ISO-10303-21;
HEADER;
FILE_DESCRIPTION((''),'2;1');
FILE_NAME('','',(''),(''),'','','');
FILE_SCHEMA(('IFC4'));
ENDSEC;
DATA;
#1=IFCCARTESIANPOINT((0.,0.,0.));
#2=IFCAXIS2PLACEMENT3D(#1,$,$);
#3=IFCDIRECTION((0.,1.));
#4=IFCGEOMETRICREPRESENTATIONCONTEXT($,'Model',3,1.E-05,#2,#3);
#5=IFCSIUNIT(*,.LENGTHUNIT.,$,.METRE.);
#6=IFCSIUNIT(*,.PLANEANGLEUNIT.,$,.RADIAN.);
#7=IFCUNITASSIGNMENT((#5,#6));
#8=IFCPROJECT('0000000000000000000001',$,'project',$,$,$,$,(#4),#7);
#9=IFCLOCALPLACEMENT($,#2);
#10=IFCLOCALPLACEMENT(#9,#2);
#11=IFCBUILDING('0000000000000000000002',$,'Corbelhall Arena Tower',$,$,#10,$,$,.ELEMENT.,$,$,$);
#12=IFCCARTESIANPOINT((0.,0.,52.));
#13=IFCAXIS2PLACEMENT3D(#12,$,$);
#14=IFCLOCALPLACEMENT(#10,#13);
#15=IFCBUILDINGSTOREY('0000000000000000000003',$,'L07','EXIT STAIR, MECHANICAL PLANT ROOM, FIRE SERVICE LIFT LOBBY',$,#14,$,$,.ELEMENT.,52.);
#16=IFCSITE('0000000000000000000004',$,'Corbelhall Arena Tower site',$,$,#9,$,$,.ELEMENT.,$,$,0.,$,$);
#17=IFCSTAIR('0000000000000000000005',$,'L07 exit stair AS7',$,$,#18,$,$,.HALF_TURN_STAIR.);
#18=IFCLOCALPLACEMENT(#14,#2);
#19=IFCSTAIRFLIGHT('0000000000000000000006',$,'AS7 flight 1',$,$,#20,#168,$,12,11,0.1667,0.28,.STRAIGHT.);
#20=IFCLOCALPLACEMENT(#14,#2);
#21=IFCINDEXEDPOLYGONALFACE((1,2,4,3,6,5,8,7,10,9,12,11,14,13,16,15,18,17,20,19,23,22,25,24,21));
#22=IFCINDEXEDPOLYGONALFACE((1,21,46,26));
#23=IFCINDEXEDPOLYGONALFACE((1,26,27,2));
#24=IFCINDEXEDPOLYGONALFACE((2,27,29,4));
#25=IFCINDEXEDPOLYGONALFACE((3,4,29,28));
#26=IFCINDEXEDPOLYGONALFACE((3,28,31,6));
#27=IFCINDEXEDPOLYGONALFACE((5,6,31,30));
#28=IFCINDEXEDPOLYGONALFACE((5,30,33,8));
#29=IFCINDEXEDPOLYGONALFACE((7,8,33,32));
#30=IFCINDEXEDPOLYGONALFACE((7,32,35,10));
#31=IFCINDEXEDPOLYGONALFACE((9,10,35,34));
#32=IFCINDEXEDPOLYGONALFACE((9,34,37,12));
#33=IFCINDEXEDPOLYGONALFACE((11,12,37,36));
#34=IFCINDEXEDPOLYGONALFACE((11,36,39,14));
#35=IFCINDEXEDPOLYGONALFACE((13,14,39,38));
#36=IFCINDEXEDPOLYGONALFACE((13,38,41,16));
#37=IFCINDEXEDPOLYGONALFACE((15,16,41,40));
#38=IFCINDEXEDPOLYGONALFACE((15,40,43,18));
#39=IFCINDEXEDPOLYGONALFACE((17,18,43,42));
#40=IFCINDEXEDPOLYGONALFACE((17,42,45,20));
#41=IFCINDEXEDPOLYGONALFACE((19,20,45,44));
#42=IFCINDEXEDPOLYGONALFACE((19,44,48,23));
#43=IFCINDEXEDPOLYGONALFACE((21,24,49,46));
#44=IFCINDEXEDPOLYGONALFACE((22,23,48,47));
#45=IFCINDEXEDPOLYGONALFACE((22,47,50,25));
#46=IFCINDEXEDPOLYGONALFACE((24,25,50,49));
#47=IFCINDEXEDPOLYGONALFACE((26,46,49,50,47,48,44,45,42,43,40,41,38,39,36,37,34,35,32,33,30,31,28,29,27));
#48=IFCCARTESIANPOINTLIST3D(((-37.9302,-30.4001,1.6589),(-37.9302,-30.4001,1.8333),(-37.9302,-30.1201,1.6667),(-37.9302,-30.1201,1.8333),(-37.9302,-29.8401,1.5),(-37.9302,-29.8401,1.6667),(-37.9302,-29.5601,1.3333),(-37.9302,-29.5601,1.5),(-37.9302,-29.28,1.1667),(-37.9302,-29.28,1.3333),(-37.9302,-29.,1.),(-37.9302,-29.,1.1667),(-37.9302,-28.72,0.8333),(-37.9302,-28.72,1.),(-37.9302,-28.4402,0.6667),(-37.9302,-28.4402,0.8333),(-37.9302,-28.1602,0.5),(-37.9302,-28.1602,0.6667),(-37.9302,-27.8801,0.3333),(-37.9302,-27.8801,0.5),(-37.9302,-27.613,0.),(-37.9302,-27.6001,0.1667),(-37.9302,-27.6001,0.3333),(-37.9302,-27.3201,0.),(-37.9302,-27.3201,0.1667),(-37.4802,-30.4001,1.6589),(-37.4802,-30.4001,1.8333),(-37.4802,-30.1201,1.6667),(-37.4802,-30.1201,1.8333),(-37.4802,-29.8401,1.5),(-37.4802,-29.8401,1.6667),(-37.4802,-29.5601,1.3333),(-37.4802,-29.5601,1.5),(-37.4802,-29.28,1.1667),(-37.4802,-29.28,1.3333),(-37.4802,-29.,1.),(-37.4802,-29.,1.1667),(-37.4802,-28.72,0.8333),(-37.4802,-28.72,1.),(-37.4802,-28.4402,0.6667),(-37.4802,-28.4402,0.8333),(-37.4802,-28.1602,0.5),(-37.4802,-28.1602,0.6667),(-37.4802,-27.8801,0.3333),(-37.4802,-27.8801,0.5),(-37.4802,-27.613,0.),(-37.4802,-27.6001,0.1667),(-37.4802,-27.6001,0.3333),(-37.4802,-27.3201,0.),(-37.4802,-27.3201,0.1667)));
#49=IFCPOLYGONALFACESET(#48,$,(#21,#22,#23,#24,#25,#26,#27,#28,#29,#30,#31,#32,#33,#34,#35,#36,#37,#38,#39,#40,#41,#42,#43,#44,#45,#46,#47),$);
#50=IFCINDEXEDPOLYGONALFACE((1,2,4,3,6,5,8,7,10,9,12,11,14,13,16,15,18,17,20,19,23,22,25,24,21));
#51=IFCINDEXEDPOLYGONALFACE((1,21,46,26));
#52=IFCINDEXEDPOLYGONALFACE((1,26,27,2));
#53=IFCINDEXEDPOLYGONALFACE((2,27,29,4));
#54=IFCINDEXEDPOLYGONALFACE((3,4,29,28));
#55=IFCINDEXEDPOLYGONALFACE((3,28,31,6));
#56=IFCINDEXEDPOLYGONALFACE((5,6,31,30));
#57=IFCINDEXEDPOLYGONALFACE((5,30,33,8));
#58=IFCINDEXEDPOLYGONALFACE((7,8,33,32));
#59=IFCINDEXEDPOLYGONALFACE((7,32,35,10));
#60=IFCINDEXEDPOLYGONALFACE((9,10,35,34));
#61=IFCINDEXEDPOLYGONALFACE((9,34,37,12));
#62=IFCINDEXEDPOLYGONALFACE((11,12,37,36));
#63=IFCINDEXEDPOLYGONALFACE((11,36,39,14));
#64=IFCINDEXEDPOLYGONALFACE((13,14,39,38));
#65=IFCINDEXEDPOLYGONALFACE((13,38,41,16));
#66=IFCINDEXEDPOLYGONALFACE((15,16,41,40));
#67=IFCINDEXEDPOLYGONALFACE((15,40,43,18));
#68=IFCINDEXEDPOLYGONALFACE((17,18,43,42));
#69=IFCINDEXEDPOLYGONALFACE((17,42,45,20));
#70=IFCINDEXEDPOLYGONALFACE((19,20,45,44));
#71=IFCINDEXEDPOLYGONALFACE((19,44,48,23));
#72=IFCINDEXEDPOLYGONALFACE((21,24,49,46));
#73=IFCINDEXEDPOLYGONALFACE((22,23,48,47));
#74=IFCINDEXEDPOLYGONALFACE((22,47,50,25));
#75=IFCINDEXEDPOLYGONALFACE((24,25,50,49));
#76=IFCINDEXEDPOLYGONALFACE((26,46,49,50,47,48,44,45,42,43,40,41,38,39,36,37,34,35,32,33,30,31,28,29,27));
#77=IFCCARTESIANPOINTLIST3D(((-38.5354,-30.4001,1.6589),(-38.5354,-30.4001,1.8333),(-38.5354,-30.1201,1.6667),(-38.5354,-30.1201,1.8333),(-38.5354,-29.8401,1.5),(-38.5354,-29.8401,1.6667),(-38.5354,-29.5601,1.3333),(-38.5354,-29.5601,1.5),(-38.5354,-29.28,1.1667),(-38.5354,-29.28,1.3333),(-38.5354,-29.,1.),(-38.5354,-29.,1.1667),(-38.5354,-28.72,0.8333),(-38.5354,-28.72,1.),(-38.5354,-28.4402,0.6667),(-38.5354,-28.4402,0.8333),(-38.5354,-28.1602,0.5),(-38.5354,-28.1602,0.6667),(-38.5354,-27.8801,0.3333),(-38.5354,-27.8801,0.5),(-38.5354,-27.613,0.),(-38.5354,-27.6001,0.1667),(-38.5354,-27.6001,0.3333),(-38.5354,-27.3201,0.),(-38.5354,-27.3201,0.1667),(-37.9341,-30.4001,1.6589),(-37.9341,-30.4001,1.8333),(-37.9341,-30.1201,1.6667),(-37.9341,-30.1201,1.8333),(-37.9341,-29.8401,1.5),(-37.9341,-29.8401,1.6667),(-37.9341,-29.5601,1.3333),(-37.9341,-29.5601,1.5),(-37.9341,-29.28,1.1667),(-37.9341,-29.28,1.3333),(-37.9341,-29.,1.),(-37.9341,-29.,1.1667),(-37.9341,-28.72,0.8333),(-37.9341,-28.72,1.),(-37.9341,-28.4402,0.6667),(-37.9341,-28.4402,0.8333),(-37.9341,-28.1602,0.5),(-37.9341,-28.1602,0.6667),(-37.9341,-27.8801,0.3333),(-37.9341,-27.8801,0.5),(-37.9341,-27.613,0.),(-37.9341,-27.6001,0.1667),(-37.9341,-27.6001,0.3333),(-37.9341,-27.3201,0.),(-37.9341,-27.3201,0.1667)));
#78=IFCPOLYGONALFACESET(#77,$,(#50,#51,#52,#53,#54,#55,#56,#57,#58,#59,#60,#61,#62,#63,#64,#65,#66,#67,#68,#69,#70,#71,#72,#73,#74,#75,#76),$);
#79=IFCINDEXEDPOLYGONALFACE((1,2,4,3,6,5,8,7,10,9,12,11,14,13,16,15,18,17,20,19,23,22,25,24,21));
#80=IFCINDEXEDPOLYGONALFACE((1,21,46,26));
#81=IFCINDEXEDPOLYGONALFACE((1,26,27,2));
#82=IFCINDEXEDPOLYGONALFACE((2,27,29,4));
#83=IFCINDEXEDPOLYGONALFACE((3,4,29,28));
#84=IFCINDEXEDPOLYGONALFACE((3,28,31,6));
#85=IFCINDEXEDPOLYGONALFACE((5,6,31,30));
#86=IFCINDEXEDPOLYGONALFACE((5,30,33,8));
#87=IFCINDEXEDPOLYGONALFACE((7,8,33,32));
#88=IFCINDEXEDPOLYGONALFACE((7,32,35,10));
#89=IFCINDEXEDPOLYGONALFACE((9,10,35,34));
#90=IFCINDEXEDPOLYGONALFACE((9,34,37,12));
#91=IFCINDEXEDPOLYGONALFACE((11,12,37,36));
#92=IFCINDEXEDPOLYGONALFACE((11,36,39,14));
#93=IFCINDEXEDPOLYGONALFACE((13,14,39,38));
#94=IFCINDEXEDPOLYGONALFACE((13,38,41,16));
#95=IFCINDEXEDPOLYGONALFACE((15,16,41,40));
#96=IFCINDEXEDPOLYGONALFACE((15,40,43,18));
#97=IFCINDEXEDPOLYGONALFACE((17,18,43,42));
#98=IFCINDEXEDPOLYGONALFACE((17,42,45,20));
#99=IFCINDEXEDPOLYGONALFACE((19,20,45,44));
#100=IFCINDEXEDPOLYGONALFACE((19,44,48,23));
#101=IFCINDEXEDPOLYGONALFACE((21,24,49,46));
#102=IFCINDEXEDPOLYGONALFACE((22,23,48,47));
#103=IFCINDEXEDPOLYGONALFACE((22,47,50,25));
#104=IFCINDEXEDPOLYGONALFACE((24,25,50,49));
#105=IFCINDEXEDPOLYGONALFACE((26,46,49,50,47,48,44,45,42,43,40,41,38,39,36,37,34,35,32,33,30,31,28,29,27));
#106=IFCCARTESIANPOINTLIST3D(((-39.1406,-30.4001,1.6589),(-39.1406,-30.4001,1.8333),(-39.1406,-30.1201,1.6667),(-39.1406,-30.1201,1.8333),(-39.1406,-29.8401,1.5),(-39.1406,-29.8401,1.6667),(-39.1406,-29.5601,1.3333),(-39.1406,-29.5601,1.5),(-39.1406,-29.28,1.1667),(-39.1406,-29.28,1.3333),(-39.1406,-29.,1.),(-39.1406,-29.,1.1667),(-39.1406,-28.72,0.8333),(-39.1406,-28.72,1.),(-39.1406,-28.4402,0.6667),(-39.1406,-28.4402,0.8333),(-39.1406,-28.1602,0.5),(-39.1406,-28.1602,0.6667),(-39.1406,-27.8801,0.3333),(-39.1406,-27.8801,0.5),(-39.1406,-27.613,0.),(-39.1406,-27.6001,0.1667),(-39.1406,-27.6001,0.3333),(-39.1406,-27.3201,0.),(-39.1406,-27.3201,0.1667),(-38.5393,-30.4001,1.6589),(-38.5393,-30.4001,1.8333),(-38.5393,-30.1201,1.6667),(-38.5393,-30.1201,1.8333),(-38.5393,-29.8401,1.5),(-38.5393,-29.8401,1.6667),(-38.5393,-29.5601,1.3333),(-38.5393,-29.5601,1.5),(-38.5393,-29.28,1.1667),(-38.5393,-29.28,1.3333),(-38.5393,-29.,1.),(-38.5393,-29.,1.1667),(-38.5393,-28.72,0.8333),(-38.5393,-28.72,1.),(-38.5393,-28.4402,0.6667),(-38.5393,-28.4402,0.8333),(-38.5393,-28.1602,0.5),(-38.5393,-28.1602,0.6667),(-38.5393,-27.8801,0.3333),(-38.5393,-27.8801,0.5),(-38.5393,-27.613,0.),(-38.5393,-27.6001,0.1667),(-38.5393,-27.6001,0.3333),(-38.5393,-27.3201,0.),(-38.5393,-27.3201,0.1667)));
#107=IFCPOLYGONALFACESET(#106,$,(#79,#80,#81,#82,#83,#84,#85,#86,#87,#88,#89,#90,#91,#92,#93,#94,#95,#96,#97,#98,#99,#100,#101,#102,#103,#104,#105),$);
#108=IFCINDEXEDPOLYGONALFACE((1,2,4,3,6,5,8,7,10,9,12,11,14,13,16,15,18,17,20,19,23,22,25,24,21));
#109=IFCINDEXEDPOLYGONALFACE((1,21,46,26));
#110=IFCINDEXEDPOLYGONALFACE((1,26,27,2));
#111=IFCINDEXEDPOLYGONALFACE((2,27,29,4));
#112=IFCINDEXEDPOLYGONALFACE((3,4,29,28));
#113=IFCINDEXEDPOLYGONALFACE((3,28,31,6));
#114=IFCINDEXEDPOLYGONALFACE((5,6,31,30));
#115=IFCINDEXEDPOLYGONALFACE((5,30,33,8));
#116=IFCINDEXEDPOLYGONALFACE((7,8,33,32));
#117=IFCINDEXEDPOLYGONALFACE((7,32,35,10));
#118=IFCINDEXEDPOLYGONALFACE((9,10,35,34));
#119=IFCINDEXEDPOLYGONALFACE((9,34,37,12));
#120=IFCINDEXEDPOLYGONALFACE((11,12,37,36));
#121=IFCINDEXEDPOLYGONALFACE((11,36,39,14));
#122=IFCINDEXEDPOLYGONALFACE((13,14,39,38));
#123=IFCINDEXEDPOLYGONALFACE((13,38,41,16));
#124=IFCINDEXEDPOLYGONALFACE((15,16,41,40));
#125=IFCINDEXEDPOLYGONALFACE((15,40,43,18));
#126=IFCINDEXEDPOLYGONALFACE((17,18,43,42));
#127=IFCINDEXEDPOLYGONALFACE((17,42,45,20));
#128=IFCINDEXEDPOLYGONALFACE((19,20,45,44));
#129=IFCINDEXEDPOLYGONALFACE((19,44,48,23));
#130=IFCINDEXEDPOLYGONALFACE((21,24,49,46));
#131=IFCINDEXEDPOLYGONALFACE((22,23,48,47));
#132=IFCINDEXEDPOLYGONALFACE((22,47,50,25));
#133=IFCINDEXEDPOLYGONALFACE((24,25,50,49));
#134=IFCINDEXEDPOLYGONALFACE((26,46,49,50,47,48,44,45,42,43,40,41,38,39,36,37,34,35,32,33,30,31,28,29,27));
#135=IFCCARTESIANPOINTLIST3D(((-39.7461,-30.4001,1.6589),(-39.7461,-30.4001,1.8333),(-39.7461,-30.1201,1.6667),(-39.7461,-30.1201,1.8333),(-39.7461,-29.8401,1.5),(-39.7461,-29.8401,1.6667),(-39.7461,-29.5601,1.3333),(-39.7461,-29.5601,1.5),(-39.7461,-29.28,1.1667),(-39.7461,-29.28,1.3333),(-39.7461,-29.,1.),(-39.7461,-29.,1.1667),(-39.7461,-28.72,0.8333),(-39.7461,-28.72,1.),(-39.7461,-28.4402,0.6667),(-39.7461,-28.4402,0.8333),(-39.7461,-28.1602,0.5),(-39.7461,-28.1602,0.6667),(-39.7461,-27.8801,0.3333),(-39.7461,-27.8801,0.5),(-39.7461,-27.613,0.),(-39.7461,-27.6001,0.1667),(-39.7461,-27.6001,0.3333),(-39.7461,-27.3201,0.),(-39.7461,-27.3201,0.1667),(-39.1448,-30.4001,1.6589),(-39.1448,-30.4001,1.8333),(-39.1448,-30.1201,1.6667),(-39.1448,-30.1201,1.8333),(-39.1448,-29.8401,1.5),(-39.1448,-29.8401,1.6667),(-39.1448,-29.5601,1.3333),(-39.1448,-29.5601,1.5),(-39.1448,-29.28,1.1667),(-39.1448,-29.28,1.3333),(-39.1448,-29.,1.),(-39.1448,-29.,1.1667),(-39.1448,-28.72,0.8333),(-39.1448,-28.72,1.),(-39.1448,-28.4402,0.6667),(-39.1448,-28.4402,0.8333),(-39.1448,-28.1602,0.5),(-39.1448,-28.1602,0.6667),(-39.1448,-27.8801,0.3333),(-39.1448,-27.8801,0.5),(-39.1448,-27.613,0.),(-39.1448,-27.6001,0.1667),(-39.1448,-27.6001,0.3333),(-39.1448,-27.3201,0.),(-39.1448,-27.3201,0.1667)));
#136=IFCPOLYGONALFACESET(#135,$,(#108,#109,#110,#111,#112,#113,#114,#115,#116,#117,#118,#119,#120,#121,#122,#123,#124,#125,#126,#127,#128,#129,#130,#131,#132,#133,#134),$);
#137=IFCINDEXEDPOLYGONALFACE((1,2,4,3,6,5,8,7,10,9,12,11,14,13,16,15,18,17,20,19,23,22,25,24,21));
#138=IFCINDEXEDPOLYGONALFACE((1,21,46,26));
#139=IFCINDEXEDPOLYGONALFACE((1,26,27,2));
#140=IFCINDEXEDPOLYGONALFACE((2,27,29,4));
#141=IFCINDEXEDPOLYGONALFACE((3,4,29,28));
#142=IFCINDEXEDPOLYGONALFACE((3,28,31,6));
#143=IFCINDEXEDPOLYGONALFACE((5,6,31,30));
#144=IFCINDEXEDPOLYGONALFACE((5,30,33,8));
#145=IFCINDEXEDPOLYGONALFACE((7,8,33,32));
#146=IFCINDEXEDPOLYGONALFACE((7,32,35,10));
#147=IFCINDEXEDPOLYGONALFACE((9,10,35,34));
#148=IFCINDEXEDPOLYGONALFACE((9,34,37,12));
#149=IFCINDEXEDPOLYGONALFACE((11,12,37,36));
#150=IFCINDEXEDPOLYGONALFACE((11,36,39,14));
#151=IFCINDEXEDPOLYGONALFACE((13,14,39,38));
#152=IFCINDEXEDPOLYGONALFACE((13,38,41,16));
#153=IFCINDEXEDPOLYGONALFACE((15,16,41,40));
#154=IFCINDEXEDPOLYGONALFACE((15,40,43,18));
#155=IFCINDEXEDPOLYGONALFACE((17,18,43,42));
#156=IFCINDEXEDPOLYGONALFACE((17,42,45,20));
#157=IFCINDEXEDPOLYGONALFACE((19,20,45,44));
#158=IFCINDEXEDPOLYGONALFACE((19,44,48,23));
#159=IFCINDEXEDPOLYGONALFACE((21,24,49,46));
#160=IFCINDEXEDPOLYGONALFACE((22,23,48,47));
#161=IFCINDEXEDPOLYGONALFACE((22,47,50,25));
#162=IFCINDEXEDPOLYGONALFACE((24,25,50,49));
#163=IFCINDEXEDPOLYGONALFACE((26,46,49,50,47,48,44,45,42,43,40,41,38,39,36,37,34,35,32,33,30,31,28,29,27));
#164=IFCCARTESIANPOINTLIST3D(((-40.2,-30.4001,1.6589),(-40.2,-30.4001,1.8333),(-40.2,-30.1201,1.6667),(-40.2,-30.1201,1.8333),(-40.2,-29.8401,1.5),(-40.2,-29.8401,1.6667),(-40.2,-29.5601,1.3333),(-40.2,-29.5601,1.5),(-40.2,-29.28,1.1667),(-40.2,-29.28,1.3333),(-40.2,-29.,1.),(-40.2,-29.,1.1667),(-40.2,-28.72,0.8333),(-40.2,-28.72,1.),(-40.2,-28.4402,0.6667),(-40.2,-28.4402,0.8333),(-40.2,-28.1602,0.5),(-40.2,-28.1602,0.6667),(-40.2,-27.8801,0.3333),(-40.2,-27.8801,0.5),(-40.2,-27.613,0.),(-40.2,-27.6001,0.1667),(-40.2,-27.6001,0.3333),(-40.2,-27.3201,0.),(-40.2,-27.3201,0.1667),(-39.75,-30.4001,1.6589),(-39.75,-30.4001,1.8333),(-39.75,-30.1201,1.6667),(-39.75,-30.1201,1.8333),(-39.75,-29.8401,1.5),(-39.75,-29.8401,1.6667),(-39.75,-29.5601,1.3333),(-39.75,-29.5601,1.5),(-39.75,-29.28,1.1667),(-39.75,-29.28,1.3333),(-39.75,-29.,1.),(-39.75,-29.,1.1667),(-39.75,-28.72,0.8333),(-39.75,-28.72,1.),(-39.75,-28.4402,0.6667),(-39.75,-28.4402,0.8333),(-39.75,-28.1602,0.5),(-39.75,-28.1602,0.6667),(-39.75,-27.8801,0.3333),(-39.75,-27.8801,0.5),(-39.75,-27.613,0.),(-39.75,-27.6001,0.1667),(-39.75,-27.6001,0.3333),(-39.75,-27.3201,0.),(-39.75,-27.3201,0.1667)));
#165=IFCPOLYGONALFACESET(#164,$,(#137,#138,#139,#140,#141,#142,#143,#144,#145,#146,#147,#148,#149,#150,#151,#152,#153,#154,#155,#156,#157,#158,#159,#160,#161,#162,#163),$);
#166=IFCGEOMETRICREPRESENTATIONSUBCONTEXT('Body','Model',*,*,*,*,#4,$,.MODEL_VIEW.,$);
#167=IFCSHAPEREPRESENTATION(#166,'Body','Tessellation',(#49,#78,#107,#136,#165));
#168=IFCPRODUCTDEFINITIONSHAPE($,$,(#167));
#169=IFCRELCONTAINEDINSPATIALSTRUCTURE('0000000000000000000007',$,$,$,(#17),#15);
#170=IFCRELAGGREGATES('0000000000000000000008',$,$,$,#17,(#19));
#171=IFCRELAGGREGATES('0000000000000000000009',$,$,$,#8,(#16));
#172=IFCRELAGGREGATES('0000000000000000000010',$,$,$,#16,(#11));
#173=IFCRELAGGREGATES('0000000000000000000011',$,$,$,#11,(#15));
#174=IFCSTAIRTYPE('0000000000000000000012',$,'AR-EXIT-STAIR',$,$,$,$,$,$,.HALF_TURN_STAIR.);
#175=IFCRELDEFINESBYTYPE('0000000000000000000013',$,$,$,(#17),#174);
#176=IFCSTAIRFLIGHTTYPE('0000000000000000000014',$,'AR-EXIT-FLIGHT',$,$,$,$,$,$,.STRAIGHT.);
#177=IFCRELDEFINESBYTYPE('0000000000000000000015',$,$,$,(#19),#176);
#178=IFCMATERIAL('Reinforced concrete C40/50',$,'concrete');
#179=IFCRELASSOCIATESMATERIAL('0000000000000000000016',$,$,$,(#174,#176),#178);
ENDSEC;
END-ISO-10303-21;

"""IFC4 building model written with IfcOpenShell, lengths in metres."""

from ifc_helpers import new_model, si_unit, direction, frame, origin, place, context, subcontext, project, spatial, polyline, outline, extrude, material, type_object, element, aggregate, save


model = new_model("IFC4")

# Units and contexts
model_context = context("Model", 3, precision=1e-05, world=origin(), true_north=direction((0.0, 1.0)))
body_context = subcontext(model_context, "Body", "Model", "MODEL_VIEW")
ifc_project = project(units=[si_unit("LENGTHUNIT", "METRE"), si_unit("PLANEANGLEUNIT", "RADIAN")], contexts=[model_context])

# Site, building, storey
site_placement = place(None, origin())
site = spatial("IfcSite", under=ifc_project, at=site_placement, Name="Corbelhall Arena Tower site", CompositionType="ELEMENT", RefElevation=0.0)
building_placement = place(site_placement, origin())
building = spatial("IfcBuilding", under=site, at=building_placement, Name="Corbelhall Arena Tower", CompositionType="ELEMENT")
storey_placement = place(building_placement, frame((0.0, 0.0, 52.0)))
storey = spatial("IfcBuildingStorey", under=building, at=storey_placement, Name="L07", Description="EXIT STAIR, MECHANICAL PLANT ROOM, FIRE SERVICE LIFT LOBBY", CompositionType="ELEMENT", Elevation=52.0)

# Shared definitions
ifc_material_1 = material(Name="Reinforced concrete C40/50", Category="concrete")

# Stair, stair flight
stair_type = type_object("IfcStairType", Name="AR-EXIT-STAIR", PredefinedType="HALF_TURN_STAIR", material=ifc_material_1)
stair_placement = place(storey_placement, origin())
stair = element("IfcStair", 1, at=stair_placement, inside=storey, type_object=stair_type, Name="L07 exit stair AS7", PredefinedType="HALF_TURN_STAIR")
stair_flight_type = type_object("IfcStairFlightType", Name="AR-EXIT-FLIGHT", PredefinedType="STRAIGHT", material=ifc_material_1)
stair_flight_1_placement = place(storey_placement, frame((-38.8401, -27.3201, 0.0), z_axis=(0.0, 0.0, 1.0), x_axis=(0.0, -1.0, 0.0)))
stair_flight_1 = element("IfcStairFlight", 2, at=stair_flight_1_placement, type_object=stair_flight_type, Name="AS7 flight 1", NumberOfRisers=12, NumberOfTreads=11, PredefinedType="STRAIGHT", RiserHeight=0.1667, TreadLength=0.28, context=body_context, shape_type="SweptSolid", body=[
    extrude(outline(polyline([(0.0, 0.0), (0.0, 0.1667), (0.28, 0.1667), (0.28, 0.3333), (0.5601, 0.3333), (0.5601, 0.5), (0.8401, 0.5), (0.8401, 0.6667), (1.1201, 0.6667), (1.1201, 0.8333), (1.3999, 0.8333), (1.3999, 1.0), (1.6799, 1.0), (1.6799, 1.1667), (1.96, 1.1667), (1.96, 1.3333), (2.24, 1.3333), (2.24, 1.5), (2.52, 1.5), (2.52, 1.6667), (2.8, 1.6667), (2.8, 1.8333), (3.0801, 1.8333), (3.0801, 2.0), (3.0801, 1.6589), (0.293, 0.0), (0.0, 0.0)])), frame((0.0, 1.3599, 0.0), z_axis=(0.0, -1.0, 0.0), x_axis=(1.0, 0.0, 0.0)), (0.0, 0.0, 1.0), 0.45),
    extrude(outline(polyline([(0.0, 0.0), (0.0, 0.1667), (0.28, 0.1667), (0.28, 0.3333), (0.5601, 0.3333), (0.5601, 0.5), (0.8401, 0.5), (0.8401, 0.6667), (1.1201, 0.6667), (1.1201, 0.8333), (1.3999, 0.8333), (1.3999, 1.0), (1.6799, 1.0), (1.6799, 1.1667), (1.96, 1.1667), (1.96, 1.3333), (2.24, 1.3333), (2.24, 1.5), (2.52, 1.5), (2.52, 1.6667), (2.8, 1.6667), (2.8, 1.8333), (3.0801, 1.8333), (3.0801, 2.0), (3.0801, 1.6589), (0.293, 0.0), (0.0, 0.0)])), frame((0.0, 0.906, 0.0), z_axis=(0.0, -1.0, 0.0), x_axis=(1.0, 0.0, 0.0)), (0.0, 0.0, 1.0), 0.6013),
    extrude(outline(polyline([(0.0, 0.0), (0.0, 0.1667), (0.28, 0.1667), (0.28, 0.3333), (0.5601, 0.3333), (0.5601, 0.5), (0.8401, 0.5), (0.8401, 0.6667), (1.1201, 0.6667), (1.1201, 0.8333), (1.3999, 0.8333), (1.3999, 1.0), (1.6799, 1.0), (1.6799, 1.1667), (1.96, 1.1667), (1.96, 1.3333), (2.24, 1.3333), (2.24, 1.5), (2.52, 1.5), (2.52, 1.6667), (2.8, 1.6667), (2.8, 1.8333), (3.0801, 1.8333), (3.0801, 2.0), (3.0801, 1.6589), (0.293, 0.0), (0.0, 0.0)])), frame((0.0, 0.3008, 0.0), z_axis=(0.0, -1.0, 0.0), x_axis=(1.0, 0.0, 0.0)), (0.0, 0.0, 1.0), 0.6013),
    extrude(outline(polyline([(0.0, 0.0), (0.0, 0.1667), (0.28, 0.1667), (0.28, 0.3333), (0.5601, 0.3333), (0.5601, 0.5), (0.8401, 0.5), (0.8401, 0.6667), (1.1201, 0.6667), (1.1201, 0.8333), (1.3999, 0.8333), (1.3999, 1.0), (1.6799, 1.0), (1.6799, 1.1667), (1.96, 1.1667), (1.96, 1.3333), (2.24, 1.3333), (2.24, 1.5), (2.52, 1.5), (2.52, 1.6667), (2.8, 1.6667), (2.8, 1.8333), (3.0801, 1.8333), (3.0801, 2.0), (3.0801, 1.6589), (0.293, 0.0), (0.0, 0.0)])), frame((0.0, -0.3047, 0.0), z_axis=(0.0, -1.0, 0.0), x_axis=(1.0, 0.0, 0.0)), (0.0, 0.0, 1.0), 0.6013),
    extrude(outline(polyline([(0.0, 0.0), (0.0, 0.1667), (0.28, 0.1667), (0.28, 0.3333), (0.5601, 0.3333), (0.5601, 0.5), (0.8401, 0.5), (0.8401, 0.6667), (1.1201, 0.6667), (1.1201, 0.8333), (1.3999, 0.8333), (1.3999, 1.0), (1.6799, 1.0), (1.6799, 1.1667), (1.96, 1.1667), (1.96, 1.3333), (2.24, 1.3333), (2.24, 1.5), (2.52, 1.5), (2.52, 1.6667), (2.8, 1.6667), (2.8, 1.8333), (3.0801, 1.8333), (3.0801, 2.0), (3.0801, 1.6589), (0.293, 0.0), (0.0, 0.0)])), frame((0.0, -0.9099, 0.0), z_axis=(0.0, -1.0, 0.0), x_axis=(1.0, 0.0, 0.0)), (0.0, 0.0, 1.0), 0.45),
])
aggregate(stair, [stair_flight_1])

save(model, "model.ifc")
